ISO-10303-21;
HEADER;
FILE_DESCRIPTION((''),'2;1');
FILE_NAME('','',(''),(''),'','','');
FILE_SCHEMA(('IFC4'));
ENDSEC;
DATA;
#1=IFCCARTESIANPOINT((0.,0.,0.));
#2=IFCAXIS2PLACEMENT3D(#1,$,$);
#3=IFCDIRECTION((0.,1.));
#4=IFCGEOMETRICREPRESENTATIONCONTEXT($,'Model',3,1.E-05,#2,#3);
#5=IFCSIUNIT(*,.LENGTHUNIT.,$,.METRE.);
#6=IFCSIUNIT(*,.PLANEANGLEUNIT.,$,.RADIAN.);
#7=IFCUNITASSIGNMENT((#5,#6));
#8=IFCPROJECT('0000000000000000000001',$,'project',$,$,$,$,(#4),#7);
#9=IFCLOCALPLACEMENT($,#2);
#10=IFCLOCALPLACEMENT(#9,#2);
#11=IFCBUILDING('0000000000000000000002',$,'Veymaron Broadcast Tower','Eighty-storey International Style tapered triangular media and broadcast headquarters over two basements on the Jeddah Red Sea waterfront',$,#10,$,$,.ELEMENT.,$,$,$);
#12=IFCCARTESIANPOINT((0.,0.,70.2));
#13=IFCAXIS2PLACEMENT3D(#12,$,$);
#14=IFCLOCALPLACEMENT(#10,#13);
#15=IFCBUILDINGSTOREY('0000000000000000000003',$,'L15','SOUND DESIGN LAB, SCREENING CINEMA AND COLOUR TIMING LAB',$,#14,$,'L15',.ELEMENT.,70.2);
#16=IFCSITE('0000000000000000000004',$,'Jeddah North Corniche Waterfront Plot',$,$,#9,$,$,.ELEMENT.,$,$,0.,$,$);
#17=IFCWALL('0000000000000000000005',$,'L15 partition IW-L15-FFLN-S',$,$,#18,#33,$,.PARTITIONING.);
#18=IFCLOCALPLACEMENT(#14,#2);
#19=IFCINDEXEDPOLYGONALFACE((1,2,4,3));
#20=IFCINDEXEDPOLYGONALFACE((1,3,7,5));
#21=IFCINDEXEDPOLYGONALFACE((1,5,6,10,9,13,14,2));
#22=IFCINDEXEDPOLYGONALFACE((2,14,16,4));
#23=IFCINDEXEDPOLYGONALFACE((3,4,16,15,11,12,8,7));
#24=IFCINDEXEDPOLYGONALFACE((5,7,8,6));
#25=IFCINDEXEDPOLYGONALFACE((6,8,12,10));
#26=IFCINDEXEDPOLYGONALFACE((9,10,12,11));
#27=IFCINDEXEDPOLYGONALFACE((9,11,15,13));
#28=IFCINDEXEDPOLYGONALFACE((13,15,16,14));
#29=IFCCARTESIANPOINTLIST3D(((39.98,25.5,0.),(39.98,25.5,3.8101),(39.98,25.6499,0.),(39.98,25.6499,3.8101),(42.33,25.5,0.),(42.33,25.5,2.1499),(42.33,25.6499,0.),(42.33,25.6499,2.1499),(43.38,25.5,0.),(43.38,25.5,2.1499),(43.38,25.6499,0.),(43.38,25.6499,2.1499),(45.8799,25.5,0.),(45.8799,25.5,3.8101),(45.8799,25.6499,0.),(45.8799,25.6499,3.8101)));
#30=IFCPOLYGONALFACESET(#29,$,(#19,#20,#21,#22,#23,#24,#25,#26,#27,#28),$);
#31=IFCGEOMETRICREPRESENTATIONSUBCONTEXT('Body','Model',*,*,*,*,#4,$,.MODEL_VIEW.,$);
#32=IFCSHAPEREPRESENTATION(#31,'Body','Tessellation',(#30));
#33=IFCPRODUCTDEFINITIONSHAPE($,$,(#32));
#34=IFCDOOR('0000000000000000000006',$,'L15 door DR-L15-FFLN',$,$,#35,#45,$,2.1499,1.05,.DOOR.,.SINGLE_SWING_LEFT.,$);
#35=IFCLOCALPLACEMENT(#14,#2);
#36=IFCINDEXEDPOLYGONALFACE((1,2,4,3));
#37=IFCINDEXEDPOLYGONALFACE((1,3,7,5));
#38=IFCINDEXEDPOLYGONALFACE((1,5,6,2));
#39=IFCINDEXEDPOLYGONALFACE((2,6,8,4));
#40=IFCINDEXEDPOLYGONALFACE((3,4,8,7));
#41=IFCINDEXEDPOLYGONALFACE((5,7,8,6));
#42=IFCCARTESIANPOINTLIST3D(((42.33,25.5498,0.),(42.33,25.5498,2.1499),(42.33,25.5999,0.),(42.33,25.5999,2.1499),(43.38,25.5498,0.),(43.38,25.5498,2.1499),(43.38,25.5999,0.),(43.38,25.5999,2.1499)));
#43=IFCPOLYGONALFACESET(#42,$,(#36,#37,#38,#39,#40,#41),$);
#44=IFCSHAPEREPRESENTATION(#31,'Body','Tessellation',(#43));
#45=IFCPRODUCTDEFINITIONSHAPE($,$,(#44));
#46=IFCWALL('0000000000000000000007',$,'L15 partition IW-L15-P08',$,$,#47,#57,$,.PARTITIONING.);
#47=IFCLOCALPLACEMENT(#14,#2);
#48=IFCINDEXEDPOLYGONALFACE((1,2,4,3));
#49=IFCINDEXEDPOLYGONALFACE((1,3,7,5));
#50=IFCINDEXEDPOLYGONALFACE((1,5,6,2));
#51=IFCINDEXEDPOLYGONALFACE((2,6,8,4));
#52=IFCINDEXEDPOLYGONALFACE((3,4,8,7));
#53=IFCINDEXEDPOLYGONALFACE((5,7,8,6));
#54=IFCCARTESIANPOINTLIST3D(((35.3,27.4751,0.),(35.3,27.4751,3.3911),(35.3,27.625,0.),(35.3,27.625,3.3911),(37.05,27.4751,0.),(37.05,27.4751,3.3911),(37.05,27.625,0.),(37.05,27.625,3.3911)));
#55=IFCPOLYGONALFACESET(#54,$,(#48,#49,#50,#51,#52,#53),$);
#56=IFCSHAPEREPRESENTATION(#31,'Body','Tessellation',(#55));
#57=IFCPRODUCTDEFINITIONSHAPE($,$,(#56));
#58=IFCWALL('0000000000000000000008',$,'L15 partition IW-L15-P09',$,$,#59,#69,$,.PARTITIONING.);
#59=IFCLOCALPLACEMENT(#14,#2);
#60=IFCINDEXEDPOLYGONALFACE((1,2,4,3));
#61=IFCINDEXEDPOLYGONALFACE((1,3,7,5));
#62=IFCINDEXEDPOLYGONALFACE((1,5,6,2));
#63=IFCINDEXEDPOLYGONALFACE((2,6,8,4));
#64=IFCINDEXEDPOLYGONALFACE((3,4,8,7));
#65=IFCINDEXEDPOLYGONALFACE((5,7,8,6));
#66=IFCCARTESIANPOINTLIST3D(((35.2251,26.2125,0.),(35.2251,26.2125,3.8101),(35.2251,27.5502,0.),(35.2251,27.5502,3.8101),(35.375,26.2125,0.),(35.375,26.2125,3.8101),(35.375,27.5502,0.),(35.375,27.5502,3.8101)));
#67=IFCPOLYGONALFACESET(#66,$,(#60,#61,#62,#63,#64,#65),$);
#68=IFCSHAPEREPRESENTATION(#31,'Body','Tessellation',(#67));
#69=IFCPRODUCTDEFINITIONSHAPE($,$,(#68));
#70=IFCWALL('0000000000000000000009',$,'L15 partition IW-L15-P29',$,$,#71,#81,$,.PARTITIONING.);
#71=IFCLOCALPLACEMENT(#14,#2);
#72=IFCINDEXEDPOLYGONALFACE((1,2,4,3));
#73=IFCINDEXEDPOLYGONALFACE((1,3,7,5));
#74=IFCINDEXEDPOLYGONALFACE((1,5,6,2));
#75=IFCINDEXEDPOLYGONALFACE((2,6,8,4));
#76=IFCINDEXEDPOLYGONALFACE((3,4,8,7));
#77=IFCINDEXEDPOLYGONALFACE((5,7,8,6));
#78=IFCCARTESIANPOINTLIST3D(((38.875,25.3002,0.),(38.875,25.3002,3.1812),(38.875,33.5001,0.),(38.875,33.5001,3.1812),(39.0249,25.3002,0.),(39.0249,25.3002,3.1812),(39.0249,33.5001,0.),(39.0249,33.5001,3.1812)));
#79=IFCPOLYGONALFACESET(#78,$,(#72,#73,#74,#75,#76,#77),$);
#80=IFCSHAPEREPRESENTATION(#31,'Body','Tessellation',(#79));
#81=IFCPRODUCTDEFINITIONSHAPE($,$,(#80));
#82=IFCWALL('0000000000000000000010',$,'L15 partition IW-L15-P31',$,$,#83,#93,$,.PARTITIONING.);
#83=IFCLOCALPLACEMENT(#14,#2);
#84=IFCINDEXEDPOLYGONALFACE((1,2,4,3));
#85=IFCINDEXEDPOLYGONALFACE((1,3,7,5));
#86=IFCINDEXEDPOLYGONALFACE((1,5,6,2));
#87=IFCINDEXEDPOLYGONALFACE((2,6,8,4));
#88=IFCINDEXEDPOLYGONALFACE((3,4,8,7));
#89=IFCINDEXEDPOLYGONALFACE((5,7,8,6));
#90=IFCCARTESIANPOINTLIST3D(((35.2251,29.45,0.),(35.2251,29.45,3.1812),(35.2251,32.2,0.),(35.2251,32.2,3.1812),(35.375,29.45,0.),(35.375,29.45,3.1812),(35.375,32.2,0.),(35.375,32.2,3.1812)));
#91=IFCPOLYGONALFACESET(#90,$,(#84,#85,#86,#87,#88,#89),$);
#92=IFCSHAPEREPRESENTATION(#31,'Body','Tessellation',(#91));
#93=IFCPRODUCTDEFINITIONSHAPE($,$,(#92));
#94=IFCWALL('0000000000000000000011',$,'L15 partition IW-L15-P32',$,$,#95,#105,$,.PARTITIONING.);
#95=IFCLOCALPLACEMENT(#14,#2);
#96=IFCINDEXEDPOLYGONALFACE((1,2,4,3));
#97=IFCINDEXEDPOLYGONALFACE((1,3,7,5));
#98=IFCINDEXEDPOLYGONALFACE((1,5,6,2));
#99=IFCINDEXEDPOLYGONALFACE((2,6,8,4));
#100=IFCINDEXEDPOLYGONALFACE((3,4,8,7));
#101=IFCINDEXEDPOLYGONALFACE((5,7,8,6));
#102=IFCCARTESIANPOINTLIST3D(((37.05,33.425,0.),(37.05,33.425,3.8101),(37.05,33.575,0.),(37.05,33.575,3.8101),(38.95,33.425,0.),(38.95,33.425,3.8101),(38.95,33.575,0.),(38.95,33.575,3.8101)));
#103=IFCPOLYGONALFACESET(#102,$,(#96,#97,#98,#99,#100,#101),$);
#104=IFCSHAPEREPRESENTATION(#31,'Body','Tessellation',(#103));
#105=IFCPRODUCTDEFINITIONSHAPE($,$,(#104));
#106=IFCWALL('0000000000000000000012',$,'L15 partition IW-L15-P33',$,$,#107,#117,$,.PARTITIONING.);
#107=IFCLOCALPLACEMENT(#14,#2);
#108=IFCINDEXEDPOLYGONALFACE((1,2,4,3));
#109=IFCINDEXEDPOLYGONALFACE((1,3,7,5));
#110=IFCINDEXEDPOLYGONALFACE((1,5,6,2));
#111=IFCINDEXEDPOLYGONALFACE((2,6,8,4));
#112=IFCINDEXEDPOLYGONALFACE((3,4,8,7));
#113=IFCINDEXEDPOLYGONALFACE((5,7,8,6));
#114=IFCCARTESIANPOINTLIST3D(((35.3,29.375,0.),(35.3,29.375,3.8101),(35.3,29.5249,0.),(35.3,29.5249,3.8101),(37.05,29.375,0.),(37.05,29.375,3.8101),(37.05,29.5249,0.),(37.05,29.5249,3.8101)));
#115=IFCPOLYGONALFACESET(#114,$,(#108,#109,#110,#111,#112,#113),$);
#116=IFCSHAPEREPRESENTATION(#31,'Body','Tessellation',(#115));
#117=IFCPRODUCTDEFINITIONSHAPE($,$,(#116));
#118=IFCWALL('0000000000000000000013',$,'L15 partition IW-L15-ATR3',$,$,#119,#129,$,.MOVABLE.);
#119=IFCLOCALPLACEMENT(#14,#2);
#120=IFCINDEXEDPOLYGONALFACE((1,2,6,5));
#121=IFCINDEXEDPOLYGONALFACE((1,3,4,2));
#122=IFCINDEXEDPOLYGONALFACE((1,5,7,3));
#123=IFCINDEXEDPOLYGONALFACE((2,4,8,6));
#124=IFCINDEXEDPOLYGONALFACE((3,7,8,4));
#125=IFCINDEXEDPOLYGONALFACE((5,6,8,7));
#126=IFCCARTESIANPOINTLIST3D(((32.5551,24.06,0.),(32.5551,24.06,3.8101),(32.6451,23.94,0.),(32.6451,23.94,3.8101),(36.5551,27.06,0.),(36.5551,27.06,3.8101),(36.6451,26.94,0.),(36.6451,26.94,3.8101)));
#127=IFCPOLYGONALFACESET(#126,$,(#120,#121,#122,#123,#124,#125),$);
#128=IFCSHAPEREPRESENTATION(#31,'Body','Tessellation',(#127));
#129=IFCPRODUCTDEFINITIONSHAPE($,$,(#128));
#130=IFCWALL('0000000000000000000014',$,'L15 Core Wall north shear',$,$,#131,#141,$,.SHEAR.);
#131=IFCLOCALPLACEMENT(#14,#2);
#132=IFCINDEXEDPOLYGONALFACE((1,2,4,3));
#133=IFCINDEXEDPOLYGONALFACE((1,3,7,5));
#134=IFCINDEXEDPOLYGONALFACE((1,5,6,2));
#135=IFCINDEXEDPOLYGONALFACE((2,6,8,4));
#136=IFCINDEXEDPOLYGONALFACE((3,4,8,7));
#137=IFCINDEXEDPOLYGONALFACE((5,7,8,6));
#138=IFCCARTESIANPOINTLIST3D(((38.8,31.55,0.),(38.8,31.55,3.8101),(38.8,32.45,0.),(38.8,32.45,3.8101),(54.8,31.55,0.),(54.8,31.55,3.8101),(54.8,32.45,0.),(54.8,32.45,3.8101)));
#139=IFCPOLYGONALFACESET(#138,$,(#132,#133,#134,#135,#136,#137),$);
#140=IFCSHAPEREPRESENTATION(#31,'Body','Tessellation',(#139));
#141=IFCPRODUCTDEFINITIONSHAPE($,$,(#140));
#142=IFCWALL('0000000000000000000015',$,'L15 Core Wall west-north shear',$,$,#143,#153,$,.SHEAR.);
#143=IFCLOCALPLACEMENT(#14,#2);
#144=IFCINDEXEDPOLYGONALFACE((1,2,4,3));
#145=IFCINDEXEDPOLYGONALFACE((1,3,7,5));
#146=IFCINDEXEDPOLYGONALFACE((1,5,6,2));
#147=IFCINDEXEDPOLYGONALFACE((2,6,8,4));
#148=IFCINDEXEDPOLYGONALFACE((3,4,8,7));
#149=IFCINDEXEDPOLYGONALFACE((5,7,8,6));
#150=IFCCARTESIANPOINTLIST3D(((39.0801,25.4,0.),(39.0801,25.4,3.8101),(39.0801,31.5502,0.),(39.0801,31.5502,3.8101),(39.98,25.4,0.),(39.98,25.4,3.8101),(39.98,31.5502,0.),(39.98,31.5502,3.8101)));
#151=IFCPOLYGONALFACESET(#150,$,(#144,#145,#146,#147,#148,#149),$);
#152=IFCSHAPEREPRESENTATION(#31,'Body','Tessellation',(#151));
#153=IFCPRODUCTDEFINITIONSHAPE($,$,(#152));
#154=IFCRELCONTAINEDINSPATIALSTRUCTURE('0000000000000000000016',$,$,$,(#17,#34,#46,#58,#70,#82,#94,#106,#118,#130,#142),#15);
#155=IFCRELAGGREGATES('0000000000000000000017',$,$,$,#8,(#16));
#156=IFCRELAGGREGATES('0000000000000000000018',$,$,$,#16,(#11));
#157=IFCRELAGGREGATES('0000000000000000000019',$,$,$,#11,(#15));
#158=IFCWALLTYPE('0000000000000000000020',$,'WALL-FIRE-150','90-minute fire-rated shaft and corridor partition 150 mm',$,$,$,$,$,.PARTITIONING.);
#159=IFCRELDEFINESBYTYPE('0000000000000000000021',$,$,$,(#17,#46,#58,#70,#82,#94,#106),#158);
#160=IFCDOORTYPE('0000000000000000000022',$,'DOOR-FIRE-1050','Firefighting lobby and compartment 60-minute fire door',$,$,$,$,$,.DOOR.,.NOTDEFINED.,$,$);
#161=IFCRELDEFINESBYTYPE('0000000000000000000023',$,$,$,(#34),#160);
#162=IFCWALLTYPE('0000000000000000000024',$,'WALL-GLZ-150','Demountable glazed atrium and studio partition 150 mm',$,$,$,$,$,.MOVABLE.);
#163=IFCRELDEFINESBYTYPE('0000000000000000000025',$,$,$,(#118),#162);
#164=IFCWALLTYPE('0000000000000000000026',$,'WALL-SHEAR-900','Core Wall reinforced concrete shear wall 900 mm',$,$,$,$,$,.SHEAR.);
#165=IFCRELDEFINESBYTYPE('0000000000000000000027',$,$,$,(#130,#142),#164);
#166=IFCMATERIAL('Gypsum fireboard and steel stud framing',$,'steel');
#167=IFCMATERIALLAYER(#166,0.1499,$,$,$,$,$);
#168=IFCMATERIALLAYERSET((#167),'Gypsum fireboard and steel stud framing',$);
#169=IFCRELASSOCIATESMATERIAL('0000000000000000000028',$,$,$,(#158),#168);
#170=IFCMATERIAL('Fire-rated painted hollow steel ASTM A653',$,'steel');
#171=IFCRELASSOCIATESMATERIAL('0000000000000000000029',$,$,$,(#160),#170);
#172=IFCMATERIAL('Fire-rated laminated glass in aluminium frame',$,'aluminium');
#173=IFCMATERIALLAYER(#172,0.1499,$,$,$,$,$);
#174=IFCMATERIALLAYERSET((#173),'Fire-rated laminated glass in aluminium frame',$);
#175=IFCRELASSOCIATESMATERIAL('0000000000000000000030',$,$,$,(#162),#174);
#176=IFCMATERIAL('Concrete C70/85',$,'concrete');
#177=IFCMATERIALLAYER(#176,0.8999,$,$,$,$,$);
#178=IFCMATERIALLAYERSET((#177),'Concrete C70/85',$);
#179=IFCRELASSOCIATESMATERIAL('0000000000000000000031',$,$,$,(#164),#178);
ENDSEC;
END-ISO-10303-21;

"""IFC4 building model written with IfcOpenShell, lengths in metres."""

from ifc_helpers import new_model, si_unit, direction, frame, frame_2d, origin, place, context, subcontext, project, spatial, rectangle, extrude, material, layer, layer_set, type_object, element, fill, save


model = new_model("IFC4")

# Units and contexts
model_context = context("Model", 3, precision=1e-05, world=origin(), true_north=direction((0.0, 1.0)))
body_context = subcontext(model_context, "Body", "Model", "MODEL_VIEW")
ifc_project = project(units=[si_unit("LENGTHUNIT", "METRE"), si_unit("PLANEANGLEUNIT", "RADIAN")], contexts=[model_context])

# Site, building, storey
site_placement = place(None, origin())
site = spatial("IfcSite", under=ifc_project, at=site_placement, Name="Jeddah North Corniche Waterfront Plot", CompositionType="ELEMENT", RefElevation=0.0)
building_placement = place(site_placement, origin())
building = spatial("IfcBuilding", under=site, at=building_placement, Name="Veymaron Broadcast Tower", Description="Eighty-storey International Style tapered triangular media and broadcast headquarters over two basements on the Jeddah Red Sea waterfront", CompositionType="ELEMENT")
storey_placement = place(building_placement, frame((0.0, 0.0, 70.2)))
storey = spatial("IfcBuildingStorey", under=building, at=storey_placement, Name="L15", Description="SOUND DESIGN LAB, SCREENING CINEMA AND COLOUR TIMING LAB", LongName="L15", CompositionType="ELEMENT", Elevation=70.2)

# Wall, opening, door
ifc_material_1 = material(Name="Gypsum fireboard and steel stud framing", Category="steel")
ifc_layer_1 = layer(ifc_material_1, 0.1499)
ifc_layer_set_1 = layer_set([ifc_layer_1], Name="Gypsum fireboard and steel stud framing")
wall_type_1 = type_object("IfcWallType", Name="WALL-FIRE-150", Description="90-minute fire-rated shaft and corridor partition 150 mm", PredefinedType="PARTITIONING", material=ifc_layer_set_1)
wall_1_placement = place(storey_placement, frame((39.98, 25.575, 0.0), z_axis=(0.0, 0.0, 1.0), x_axis=(1.0, 0.0, 0.0)))
wall_1 = element("IfcWall", 1, at=wall_1_placement, inside=storey, type_object=wall_type_1, Name="L15 partition IW-L15-FFLN-S", PredefinedType="PARTITIONING", context=body_context, shape_type="SweptSolid", body=[
    extrude(rectangle(XDim=5.8999, YDim=0.1499, at=frame_2d((2.95, 0.0))), origin(), (0.0, 0.0, 1.0), 3.8101),
])
opening_1_placement = place(wall_1_placement, frame((2.3501, 0.0, 0.0)))
opening_1 = element("IfcOpeningElement", 2, at=opening_1_placement, cuts=wall_1, PredefinedType="OPENING", context=body_context, shape_type="SweptSolid", body=[
    extrude(rectangle(XDim=1.05, YDim=2.1499, at=frame_2d((0.5249, 1.075))), frame((0.0, 0.085, 0.0), z_axis=(0.0, -1.0, 0.0), x_axis=(1.0, 0.0, 0.0)), (0.0, 0.0, 1.0), 0.1699),
])
ifc_material_2 = material(Name="Fire-rated painted hollow steel ASTM A653", Category="steel")
door_type_1 = type_object("IfcDoorType", Name="DOOR-FIRE-1050", Description="Firefighting lobby and compartment 60-minute fire door", OperationType="NOTDEFINED", PredefinedType="DOOR", material=ifc_material_2)
door_1_placement = place(opening_1_placement, origin())
door_1 = element("IfcDoor", 3, at=door_1_placement, inside=storey, type_object=door_type_1, Name="L15 door DR-L15-FFLN", OperationType="SINGLE_SWING_LEFT", OverallHeight=2.1499, OverallWidth=1.05, PredefinedType="DOOR", context=body_context, shape_type="SweptSolid", body=[
    extrude(rectangle(XDim=1.05, YDim=2.1499, at=frame_2d((0.5249, 1.075))), frame((0.0, 0.0249, 0.0), z_axis=(0.0, -1.0, 0.0), x_axis=(1.0, 0.0, 0.0)), (0.0, 0.0, 1.0), 0.05),
])
fill(opening_1, door_1)

# Walls
wall_2_placement = place(storey_placement, frame((35.3, 27.55, 0.0), z_axis=(0.0, 0.0, 1.0), x_axis=(1.0, 0.0, 0.0)))
element("IfcWall", 4, at=wall_2_placement, inside=storey, type_object=wall_type_1, Name="L15 partition IW-L15-P08", PredefinedType="PARTITIONING", context=body_context, shape_type="SweptSolid", body=[
    extrude(rectangle(XDim=1.75, YDim=0.1499, at=frame_2d((0.875, 0.0))), origin(), (0.0, 0.0, 1.0), 3.3911),
])
wall_3_placement = place(storey_placement, frame((35.3, 26.2124, 0.0), z_axis=(0.0, 0.0, 1.0), x_axis=(0.0, 1.0, 0.0)))
element("IfcWall", 5, at=wall_3_placement, inside=storey, type_object=wall_type_1, Name="L15 partition IW-L15-P09", PredefinedType="PARTITIONING", context=body_context, shape_type="SweptSolid", body=[
    extrude(rectangle(XDim=1.3376, YDim=0.1499, at=frame_2d((0.6689, 0.0))), origin(), (0.0, 0.0, 1.0), 3.8101),
])
wall_4_placement = place(storey_placement, frame((38.95, 25.3, 0.0), z_axis=(0.0, 0.0, 1.0), x_axis=(0.0, 1.0, 0.0)))
element("IfcWall", 6, at=wall_4_placement, inside=storey, type_object=wall_type_1, Name="L15 partition IW-L15-P29", PredefinedType="PARTITIONING", context=body_context, shape_type="SweptSolid", body=[
    extrude(rectangle(XDim=8.2, YDim=0.1499, at=frame_2d((4.1001, 0.0))), origin(), (0.0, 0.0, 1.0), 3.1812),
])
wall_5_placement = place(storey_placement, frame((35.3, 29.45, 0.0), z_axis=(0.0, 0.0, 1.0), x_axis=(0.0, 1.0, 0.0)))
element("IfcWall", 7, at=wall_5_placement, inside=storey, type_object=wall_type_1, Name="L15 partition IW-L15-P31", PredefinedType="PARTITIONING", context=body_context, shape_type="SweptSolid", body=[
    extrude(rectangle(XDim=2.75, YDim=0.1499, at=frame_2d((1.375, 0.0))), origin(), (0.0, 0.0, 1.0), 3.1812),
])
wall_6_placement = place(storey_placement, frame((37.05, 33.5, 0.0), z_axis=(0.0, 0.0, 1.0), x_axis=(1.0, 0.0, 0.0)))
element("IfcWall", 8, at=wall_6_placement, inside=storey, type_object=wall_type_1, Name="L15 partition IW-L15-P32", PredefinedType="PARTITIONING", context=body_context, shape_type="SweptSolid", body=[
    extrude(rectangle(XDim=1.8999, YDim=0.1499, at=frame_2d((0.95, 0.0))), origin(), (0.0, 0.0, 1.0), 3.8101),
])
wall_7_placement = place(storey_placement, frame((35.3, 29.45, 0.0), z_axis=(0.0, 0.0, 1.0), x_axis=(1.0, 0.0, 0.0)))
element("IfcWall", 9, at=wall_7_placement, inside=storey, type_object=wall_type_1, Name="L15 partition IW-L15-P33", PredefinedType="PARTITIONING", context=body_context, shape_type="SweptSolid", body=[
    extrude(rectangle(XDim=1.75, YDim=0.1499, at=frame_2d((0.875, 0.0))), origin(), (0.0, 0.0, 1.0), 3.8101),
])
ifc_material_3 = material(Name="Fire-rated laminated glass in aluminium frame", Category="aluminium")
ifc_layer_2 = layer(ifc_material_3, 0.1499)
ifc_layer_set_2 = layer_set([ifc_layer_2], Name="Fire-rated laminated glass in aluminium frame")
wall_type_2 = type_object("IfcWallType", Name="WALL-GLZ-150", Description="Demountable glazed atrium and studio partition 150 mm", PredefinedType="MOVABLE", material=ifc_layer_set_2)
wall_8_placement = place(storey_placement, frame((36.6001, 27.0, 0.0), z_axis=(0.0, 0.0, 1.0), x_axis=(-0.8, -0.6, 0.0)))
element("IfcWall", 10, at=wall_8_placement, inside=storey, type_object=wall_type_2, Name="L15 partition IW-L15-ATR3", PredefinedType="MOVABLE", context=body_context, shape_type="SweptSolid", body=[
    extrude(rectangle(XDim=5.0, YDim=0.1499, at=frame_2d((2.5, 0.0))), origin(), (0.0, 0.0, 1.0), 3.8101),
])

# Walls
ifc_material_4 = material(Name="Concrete C70/85", Category="concrete")
ifc_layer_3 = layer(ifc_material_4, 0.8999)
ifc_layer_set_3 = layer_set([ifc_layer_3], Name="Concrete C70/85")
wall_type_3 = type_object("IfcWallType", Name="WALL-SHEAR-900", Description="Core Wall reinforced concrete shear wall 900 mm", PredefinedType="SHEAR", material=ifc_layer_set_3)
wall_9_placement = place(storey_placement, frame((38.8, 32.0, 0.0), z_axis=(0.0, 0.0, 1.0), x_axis=(1.0, 0.0, 0.0)))
element("IfcWall", 11, at=wall_9_placement, inside=storey, type_object=wall_type_3, Name="L15 Core Wall north shear", PredefinedType="SHEAR", context=body_context, shape_type="SweptSolid", body=[
    extrude(rectangle(XDim=16.0, YDim=0.8999, at=frame_2d((8.0, 0.0))), origin(), (0.0, 0.0, 1.0), 3.8101),
])
wall_10_placement = place(storey_placement, frame((39.53, 25.3999, 0.0), z_axis=(0.0, 0.0, 1.0), x_axis=(0.0, 1.0, 0.0)))
element("IfcWall", 12, at=wall_10_placement, inside=storey, type_object=wall_type_3, Name="L15 Core Wall west-north shear", PredefinedType="SHEAR", context=body_context, shape_type="SweptSolid", body=[
    extrude(rectangle(XDim=6.1501, YDim=0.8999, at=frame_2d((3.0752, 0.0))), origin(), (0.0, 0.0, 1.0), 3.8101),
])

save(model, "model.ifc")
